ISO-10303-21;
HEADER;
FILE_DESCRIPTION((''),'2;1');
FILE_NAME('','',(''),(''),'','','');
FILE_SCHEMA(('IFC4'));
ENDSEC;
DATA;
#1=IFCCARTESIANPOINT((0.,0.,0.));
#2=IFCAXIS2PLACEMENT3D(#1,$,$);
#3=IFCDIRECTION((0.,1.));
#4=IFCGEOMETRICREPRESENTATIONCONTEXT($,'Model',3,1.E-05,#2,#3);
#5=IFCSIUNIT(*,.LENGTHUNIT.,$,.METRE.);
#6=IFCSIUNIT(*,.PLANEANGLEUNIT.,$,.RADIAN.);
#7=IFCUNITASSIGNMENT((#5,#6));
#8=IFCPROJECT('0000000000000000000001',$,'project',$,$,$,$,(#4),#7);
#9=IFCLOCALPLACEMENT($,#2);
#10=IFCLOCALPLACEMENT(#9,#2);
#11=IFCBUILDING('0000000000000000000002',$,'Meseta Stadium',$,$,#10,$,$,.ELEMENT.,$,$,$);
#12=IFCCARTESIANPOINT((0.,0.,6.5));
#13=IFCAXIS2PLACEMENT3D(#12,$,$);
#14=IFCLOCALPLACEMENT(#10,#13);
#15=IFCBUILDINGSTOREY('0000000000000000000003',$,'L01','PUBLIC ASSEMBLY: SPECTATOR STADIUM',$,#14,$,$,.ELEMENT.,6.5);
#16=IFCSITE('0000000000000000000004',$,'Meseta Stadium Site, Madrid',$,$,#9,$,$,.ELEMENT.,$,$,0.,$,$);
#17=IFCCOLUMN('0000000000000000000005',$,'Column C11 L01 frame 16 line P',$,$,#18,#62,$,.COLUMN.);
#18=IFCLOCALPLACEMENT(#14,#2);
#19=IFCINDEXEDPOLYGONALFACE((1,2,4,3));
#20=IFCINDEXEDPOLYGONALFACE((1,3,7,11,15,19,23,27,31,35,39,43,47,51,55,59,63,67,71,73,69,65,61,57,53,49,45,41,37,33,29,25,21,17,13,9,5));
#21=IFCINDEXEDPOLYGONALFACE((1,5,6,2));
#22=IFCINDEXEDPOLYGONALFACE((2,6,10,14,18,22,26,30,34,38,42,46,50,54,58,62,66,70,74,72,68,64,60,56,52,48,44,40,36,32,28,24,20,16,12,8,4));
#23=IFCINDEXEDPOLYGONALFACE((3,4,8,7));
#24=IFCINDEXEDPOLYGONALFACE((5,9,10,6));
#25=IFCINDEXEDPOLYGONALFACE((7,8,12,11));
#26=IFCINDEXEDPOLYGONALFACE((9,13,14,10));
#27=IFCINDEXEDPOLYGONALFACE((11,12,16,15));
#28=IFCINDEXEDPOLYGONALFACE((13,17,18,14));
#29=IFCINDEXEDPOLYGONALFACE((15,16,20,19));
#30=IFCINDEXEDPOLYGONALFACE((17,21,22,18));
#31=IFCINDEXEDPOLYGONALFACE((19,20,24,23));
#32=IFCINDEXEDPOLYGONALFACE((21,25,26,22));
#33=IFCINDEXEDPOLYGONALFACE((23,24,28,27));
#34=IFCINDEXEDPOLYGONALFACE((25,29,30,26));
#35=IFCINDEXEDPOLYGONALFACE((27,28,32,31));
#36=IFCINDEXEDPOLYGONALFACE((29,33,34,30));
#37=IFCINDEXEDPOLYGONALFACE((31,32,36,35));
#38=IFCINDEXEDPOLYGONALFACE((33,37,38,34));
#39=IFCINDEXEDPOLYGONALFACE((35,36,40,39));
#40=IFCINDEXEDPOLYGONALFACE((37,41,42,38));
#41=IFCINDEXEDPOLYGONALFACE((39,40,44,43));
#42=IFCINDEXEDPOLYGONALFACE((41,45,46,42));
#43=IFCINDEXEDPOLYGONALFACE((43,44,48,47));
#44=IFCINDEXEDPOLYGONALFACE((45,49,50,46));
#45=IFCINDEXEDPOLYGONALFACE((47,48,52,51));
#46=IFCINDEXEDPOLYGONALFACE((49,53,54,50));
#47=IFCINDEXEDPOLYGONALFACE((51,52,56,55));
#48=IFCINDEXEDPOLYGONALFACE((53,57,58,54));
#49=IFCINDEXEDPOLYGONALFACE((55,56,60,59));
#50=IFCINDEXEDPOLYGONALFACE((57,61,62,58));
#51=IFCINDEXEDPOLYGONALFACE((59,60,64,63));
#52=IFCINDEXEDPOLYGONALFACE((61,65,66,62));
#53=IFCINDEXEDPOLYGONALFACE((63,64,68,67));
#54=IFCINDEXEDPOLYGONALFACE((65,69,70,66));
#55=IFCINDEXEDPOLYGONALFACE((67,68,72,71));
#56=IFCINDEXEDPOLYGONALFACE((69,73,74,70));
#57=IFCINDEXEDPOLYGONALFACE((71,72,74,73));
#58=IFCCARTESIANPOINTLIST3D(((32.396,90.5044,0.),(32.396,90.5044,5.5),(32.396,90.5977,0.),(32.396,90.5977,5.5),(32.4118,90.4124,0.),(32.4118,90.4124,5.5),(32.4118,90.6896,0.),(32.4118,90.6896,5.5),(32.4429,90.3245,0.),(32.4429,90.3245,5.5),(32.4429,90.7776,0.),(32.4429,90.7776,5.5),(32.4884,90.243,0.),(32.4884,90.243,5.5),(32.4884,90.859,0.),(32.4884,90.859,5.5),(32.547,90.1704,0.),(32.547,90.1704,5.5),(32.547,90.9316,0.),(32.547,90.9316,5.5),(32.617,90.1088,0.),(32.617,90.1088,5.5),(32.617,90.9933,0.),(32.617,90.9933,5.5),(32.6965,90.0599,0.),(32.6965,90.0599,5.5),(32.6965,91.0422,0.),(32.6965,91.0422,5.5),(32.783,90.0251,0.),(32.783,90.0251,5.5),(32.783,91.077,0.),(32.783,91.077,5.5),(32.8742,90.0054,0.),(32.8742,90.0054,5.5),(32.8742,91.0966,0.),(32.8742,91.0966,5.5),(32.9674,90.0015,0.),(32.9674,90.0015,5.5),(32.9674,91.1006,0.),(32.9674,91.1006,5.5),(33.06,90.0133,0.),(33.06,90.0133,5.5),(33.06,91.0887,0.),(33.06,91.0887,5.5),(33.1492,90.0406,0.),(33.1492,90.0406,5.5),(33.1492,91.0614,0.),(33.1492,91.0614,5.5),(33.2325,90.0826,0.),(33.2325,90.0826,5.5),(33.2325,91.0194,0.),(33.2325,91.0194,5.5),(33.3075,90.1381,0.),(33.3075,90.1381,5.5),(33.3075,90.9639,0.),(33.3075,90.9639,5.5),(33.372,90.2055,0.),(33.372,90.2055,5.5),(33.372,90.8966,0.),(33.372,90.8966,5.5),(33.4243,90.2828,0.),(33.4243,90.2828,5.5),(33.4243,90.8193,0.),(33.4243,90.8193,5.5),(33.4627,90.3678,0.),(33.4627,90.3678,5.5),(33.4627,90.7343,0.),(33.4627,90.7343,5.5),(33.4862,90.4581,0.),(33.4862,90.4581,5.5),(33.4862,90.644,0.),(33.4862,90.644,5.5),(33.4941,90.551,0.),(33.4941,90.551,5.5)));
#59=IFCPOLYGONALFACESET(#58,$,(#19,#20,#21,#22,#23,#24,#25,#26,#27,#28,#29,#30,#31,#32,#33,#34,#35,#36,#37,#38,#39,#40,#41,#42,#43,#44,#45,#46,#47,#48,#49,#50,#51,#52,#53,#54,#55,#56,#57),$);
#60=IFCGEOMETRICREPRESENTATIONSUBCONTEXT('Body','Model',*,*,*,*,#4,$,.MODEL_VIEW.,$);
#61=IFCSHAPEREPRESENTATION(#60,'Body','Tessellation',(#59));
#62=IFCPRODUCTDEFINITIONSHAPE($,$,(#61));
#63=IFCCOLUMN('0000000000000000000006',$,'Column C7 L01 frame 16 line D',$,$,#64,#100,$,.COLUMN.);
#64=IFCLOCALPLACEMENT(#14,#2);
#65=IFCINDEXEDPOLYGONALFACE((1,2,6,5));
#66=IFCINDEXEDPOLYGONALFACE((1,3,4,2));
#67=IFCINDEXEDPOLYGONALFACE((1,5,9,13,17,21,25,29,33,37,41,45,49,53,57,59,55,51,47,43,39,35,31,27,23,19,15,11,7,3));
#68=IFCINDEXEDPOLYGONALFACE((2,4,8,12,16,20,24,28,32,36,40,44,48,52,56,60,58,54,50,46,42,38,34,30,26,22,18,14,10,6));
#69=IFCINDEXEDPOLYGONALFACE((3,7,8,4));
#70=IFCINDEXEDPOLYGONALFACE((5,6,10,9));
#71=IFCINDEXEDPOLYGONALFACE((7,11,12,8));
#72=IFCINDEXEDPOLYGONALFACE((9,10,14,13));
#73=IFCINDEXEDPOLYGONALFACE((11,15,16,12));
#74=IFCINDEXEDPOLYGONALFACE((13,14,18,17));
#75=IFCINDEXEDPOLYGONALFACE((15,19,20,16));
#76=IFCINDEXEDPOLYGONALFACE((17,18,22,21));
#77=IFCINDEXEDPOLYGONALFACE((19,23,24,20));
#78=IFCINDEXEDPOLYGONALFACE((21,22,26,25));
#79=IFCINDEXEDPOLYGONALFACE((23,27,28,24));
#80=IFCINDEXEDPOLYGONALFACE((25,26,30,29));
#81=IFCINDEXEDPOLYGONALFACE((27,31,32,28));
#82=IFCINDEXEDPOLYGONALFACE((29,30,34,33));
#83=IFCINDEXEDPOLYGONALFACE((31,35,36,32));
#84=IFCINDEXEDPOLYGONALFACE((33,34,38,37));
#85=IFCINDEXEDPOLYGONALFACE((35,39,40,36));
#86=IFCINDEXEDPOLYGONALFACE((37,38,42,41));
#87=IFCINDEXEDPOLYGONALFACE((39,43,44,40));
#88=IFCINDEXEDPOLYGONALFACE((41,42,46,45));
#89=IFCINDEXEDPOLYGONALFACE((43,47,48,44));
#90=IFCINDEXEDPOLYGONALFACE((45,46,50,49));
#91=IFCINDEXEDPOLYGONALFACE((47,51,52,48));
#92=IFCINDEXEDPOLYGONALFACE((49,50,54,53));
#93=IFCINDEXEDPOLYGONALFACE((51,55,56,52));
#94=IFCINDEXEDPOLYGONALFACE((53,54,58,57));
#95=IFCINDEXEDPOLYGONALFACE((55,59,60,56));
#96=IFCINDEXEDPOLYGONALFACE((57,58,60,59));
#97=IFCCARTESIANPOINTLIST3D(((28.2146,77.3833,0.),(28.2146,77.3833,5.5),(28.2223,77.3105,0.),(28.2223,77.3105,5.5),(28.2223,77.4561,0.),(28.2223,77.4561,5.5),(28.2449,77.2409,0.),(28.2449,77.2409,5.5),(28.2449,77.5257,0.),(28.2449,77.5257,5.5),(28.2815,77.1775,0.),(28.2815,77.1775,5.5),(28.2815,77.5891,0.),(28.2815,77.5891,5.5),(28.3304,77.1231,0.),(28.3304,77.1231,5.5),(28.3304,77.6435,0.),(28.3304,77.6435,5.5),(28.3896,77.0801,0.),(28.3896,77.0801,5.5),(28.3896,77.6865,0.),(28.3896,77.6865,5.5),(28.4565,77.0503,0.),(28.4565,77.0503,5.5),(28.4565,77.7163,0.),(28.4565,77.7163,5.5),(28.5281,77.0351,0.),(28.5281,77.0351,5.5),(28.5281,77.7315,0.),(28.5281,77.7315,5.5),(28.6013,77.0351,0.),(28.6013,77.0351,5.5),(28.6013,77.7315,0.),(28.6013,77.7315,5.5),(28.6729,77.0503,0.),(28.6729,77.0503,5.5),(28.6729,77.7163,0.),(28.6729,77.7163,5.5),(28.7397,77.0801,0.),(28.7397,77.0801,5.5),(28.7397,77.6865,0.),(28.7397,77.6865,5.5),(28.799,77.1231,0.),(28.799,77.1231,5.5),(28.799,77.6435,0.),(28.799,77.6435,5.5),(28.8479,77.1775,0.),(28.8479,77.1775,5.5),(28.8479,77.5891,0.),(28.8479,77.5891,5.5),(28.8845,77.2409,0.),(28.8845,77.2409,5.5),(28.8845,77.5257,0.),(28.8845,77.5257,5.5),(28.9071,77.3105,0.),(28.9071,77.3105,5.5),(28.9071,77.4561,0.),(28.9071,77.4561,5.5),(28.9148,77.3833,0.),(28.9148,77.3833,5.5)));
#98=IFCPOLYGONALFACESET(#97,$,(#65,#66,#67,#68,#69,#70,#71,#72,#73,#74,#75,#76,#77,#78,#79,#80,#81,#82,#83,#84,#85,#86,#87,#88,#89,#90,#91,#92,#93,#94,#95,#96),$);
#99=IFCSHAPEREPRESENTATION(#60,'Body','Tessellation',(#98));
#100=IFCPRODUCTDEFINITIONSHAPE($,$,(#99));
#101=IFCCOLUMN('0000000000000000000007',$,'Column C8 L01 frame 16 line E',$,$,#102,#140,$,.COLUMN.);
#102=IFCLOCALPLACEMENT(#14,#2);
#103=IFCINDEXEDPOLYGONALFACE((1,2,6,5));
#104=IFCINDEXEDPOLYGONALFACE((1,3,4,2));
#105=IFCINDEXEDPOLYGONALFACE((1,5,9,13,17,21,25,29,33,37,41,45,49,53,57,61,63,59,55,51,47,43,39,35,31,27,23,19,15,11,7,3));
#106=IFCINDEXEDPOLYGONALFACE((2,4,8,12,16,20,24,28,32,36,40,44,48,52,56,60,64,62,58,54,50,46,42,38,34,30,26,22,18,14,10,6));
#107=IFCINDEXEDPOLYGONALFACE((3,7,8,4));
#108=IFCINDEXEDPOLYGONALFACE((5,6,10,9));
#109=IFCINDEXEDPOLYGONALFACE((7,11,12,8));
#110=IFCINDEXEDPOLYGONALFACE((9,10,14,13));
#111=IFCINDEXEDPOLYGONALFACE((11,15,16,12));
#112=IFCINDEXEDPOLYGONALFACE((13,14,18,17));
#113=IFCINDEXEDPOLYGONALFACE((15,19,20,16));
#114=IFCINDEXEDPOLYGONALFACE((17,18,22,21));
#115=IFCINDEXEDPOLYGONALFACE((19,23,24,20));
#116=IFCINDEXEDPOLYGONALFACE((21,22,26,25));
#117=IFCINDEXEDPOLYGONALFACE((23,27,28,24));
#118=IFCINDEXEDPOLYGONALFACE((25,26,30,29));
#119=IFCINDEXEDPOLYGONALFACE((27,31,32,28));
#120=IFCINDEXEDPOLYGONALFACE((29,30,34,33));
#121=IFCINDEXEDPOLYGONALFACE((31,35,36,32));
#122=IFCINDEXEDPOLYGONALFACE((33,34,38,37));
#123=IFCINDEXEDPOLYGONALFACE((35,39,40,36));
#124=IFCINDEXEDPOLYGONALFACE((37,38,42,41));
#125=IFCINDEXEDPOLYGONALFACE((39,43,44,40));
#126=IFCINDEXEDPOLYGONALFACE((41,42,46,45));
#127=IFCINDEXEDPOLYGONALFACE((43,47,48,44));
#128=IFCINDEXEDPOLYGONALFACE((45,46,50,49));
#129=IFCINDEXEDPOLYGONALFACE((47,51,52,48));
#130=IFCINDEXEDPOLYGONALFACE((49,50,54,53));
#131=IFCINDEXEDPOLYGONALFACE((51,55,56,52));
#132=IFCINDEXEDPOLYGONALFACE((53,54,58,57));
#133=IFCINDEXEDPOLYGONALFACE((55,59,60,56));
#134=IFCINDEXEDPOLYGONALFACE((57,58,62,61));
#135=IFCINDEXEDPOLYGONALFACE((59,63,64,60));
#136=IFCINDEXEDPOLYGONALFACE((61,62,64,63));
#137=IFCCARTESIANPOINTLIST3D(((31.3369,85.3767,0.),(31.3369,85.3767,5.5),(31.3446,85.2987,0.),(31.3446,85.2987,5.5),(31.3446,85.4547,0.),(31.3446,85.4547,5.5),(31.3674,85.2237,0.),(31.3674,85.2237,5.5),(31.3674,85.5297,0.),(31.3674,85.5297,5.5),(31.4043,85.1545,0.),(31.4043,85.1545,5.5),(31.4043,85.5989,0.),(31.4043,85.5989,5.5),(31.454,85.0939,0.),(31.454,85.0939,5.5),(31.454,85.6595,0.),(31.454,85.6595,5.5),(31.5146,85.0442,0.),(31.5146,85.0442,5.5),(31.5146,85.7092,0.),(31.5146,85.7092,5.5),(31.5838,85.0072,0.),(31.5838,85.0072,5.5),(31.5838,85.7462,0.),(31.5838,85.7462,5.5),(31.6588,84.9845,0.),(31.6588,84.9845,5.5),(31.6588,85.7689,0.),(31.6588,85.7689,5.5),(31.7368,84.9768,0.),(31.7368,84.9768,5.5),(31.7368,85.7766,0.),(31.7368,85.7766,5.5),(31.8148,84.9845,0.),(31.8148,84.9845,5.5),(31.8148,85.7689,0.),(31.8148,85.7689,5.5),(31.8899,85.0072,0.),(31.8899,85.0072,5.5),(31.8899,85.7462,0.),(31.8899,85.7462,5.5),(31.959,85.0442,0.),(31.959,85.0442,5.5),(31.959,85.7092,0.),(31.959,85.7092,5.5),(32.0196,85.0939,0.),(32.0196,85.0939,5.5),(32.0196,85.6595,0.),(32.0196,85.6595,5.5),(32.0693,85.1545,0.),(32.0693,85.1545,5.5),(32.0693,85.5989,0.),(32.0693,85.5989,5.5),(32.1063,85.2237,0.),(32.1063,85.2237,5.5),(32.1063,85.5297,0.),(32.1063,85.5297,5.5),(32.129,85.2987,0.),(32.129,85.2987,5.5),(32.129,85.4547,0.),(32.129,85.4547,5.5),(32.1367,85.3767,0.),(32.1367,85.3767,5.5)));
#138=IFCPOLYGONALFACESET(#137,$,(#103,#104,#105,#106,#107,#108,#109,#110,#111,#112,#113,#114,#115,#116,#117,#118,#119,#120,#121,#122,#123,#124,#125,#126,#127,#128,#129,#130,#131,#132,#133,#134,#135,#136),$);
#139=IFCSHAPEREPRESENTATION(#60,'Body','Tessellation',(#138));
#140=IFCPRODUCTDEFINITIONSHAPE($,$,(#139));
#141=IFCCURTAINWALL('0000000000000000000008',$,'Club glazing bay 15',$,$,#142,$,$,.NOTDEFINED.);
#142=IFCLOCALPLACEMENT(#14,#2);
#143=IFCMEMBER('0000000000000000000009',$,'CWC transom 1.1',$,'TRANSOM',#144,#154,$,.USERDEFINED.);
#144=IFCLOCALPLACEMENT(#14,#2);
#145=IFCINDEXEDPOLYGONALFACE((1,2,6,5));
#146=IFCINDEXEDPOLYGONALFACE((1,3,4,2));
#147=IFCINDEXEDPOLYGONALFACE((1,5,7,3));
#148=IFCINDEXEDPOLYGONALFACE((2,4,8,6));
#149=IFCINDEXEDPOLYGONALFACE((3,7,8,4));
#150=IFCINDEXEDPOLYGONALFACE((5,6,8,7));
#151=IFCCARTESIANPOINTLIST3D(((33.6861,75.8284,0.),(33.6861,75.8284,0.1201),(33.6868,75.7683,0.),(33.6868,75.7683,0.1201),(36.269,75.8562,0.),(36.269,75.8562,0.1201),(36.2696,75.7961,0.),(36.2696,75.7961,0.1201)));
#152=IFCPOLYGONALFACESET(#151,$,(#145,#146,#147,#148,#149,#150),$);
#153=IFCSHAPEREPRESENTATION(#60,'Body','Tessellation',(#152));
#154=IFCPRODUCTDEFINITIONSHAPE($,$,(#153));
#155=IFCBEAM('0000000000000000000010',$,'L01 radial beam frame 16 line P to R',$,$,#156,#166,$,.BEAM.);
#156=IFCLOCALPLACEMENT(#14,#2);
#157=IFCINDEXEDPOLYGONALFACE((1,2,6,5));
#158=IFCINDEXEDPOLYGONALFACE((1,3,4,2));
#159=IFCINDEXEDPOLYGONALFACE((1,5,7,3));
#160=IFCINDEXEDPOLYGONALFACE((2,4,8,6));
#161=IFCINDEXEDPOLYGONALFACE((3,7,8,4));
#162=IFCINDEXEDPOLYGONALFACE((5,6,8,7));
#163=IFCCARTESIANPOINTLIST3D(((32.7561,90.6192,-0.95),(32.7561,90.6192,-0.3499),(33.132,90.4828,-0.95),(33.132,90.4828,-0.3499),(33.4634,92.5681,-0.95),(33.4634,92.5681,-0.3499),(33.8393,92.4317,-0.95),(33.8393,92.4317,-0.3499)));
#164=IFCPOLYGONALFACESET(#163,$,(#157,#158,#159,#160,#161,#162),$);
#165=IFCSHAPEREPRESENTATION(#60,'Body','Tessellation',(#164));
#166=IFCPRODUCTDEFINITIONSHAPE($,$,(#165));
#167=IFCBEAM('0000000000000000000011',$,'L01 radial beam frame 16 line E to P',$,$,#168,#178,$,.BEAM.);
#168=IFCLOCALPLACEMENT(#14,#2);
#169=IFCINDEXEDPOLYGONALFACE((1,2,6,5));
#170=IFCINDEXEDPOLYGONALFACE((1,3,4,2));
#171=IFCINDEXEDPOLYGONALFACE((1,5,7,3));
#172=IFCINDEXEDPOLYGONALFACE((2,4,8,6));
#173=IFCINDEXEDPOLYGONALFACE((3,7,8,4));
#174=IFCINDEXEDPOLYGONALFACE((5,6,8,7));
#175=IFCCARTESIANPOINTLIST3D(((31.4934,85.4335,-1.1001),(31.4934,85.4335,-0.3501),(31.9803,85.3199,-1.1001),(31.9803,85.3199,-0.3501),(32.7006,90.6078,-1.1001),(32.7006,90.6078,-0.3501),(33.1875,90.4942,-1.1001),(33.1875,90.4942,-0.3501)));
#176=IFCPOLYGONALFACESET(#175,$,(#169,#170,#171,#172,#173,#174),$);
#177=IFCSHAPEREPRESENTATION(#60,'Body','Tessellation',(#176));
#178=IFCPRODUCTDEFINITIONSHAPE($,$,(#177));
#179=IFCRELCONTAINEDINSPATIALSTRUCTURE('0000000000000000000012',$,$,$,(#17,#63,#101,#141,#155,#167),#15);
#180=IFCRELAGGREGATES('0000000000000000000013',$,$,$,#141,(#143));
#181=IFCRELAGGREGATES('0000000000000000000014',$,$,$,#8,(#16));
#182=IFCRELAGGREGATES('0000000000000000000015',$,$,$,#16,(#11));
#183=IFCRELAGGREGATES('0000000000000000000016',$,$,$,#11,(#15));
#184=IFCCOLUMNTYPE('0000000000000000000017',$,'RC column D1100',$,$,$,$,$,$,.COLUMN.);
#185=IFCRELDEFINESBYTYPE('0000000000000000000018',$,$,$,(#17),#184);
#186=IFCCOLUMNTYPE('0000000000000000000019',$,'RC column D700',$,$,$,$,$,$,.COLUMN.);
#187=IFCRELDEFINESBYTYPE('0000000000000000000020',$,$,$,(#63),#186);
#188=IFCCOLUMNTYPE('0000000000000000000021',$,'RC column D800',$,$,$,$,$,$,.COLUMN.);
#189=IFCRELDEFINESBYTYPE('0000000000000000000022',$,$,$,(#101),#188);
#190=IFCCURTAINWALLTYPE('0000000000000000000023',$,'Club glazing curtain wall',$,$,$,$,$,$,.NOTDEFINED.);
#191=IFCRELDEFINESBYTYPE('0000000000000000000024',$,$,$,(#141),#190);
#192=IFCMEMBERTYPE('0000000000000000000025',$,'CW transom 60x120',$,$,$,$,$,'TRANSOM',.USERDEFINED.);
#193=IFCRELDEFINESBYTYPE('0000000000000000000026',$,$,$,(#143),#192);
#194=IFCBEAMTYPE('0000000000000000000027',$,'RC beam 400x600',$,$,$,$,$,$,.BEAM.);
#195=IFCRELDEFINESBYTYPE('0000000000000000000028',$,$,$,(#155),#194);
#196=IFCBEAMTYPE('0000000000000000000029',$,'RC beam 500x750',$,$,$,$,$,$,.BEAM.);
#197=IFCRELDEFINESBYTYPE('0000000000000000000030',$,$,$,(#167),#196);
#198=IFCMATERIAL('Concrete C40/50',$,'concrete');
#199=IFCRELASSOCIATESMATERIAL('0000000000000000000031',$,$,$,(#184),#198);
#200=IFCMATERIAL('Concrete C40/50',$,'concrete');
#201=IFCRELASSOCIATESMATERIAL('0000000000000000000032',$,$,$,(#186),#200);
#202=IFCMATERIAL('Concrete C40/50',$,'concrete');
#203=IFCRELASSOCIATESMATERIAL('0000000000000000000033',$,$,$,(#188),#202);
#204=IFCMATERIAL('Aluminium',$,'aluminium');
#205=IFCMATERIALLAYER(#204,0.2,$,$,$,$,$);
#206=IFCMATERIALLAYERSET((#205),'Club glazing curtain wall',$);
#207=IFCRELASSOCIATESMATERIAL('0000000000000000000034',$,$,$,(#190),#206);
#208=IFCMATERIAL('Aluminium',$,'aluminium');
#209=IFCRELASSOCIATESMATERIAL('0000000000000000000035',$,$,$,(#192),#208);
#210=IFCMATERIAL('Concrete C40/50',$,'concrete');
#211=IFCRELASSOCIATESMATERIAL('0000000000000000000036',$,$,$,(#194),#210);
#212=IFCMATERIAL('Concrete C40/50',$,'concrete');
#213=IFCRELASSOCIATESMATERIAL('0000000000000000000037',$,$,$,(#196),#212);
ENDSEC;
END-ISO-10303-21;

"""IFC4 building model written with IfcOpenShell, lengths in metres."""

from ifc_helpers import new_model, si_unit, direction, frame, origin, origin_2d, place, context, subcontext, project, spatial, rectangle, circle, extrude, material, layer, layer_set, material_profile, profile_set, type_object, element, aggregate, save


model = new_model("IFC4")

# Units and contexts
model_context = context("Model", 3, precision=1e-05, world=origin(), true_north=direction((0.0, 1.0)))
body_context = subcontext(model_context, "Body", "Model", "MODEL_VIEW")
ifc_project = project(units=[si_unit("LENGTHUNIT", "METRE"), si_unit("PLANEANGLEUNIT", "RADIAN")], contexts=[model_context])

# Site, building, storey
site_placement = place(None, origin())
site = spatial("IfcSite", under=ifc_project, at=site_placement, Name="Meseta Stadium Site, Madrid", CompositionType="ELEMENT", RefElevation=0.0)
building_placement = place(site_placement, origin())
building = spatial("IfcBuilding", under=site, at=building_placement, Name="Meseta Stadium", CompositionType="ELEMENT")
storey_placement = place(building_placement, frame((0.0, 0.0, 6.5)))
storey = spatial("IfcBuildingStorey", under=building, at=storey_placement, Name="L01", Description="PUBLIC ASSEMBLY: SPECTATOR STADIUM", CompositionType="ELEMENT", Elevation=6.5)

# Columns
ifc_material_1 = material(Name="Concrete C40/50", Category="concrete")
ifc_material_profile_1 = material_profile(ifc_material_1, circle(Radius=0.55, at=origin_2d()), Name="RC D1100")
ifc_profile_set_1 = profile_set([ifc_material_profile_1], Name="Concrete C40/50")
column_type_1 = type_object("IfcColumnType", Name="RC column D1100", PredefinedType="COLUMN", material=ifc_profile_set_1)
column_1_placement = place(storey_placement, frame((32.9441, 90.551, 0.0), z_axis=(0.0, 0.0, 1.0), x_axis=(1.0, 0.0, 0.0)))
element("IfcColumn", 1, at=column_1_placement, inside=storey, type_object=column_type_1, Name="Column C11 L01 frame 16 line P", PredefinedType="COLUMN", context=body_context, shape_type="SweptSolid", body=[
    extrude(circle(Radius=0.55, at=origin_2d()), origin(), (0.0, 0.0, 1.0), 5.5),
])
ifc_material_2 = material(Name="Concrete C40/50", Category="concrete")
ifc_material_profile_2 = material_profile(ifc_material_2, circle(Radius=0.3501, at=origin_2d()), Name="RC D700")
ifc_profile_set_2 = profile_set([ifc_material_profile_2], Name="Concrete C40/50")
column_type_2 = type_object("IfcColumnType", Name="RC column D700", PredefinedType="COLUMN", material=ifc_profile_set_2)
column_2_placement = place(storey_placement, frame((28.5647, 77.3833, 0.0), z_axis=(0.0, 0.0, 1.0), x_axis=(1.0, 0.0, 0.0)))
element("IfcColumn", 2, at=column_2_placement, inside=storey, type_object=column_type_2, Name="Column C7 L01 frame 16 line D", PredefinedType="COLUMN", context=body_context, shape_type="SweptSolid", body=[
    extrude(circle(Radius=0.3501, at=origin_2d()), origin(), (0.0, 0.0, 1.0), 5.5),
])
ifc_material_3 = material(Name="Concrete C40/50", Category="concrete")
ifc_material_profile_3 = material_profile(ifc_material_3, circle(Radius=0.3999, at=origin_2d()), Name="RC D800")
ifc_profile_set_3 = profile_set([ifc_material_profile_3], Name="Concrete C40/50")
column_type_3 = type_object("IfcColumnType", Name="RC column D800", PredefinedType="COLUMN", material=ifc_profile_set_3)
column_3_placement = place(storey_placement, frame((31.7368, 85.3767, 0.0), z_axis=(0.0, 0.0, 1.0), x_axis=(1.0, 0.0, 0.0)))
element("IfcColumn", 3, at=column_3_placement, inside=storey, type_object=column_type_3, Name="Column C8 L01 frame 16 line E", PredefinedType="COLUMN", context=body_context, shape_type="SweptSolid", body=[
    extrude(circle(Radius=0.3999, at=origin_2d()), origin(), (0.0, 0.0, 1.0), 5.5),
])

# Curtain wall, member
ifc_material_4 = material(Name="Aluminium", Category="aluminium")
ifc_layer_1 = layer(ifc_material_4, 0.2)
ifc_layer_set_1 = layer_set([ifc_layer_1], Name="Club glazing curtain wall")
curtain_wall_type = type_object("IfcCurtainWallType", Name="Club glazing curtain wall", PredefinedType="NOTDEFINED", material=ifc_layer_set_1)
curtain_wall_placement = place(storey_placement, origin())
curtain_wall = element("IfcCurtainWall", 4, at=curtain_wall_placement, inside=storey, type_object=curtain_wall_type, Name="Club glazing bay 15", PredefinedType="NOTDEFINED")
ifc_material_5 = material(Name="Aluminium", Category="aluminium")
ifc_material_profile_4 = material_profile(ifc_material_5, rectangle(XDim=0.0601, YDim=0.1201, at=origin_2d()), Name="CW 60x120")
ifc_profile_set_4 = profile_set([ifc_material_profile_4], Name="Aluminium")
member_type = type_object("IfcMemberType", Name="CW transom 60x120", ElementType="TRANSOM", PredefinedType="USERDEFINED", material=ifc_profile_set_4)
member_placement = place(storey_placement, frame((36.2693, 75.8262, 0.0601), z_axis=(-0.999942, -0.010775, 0.0), x_axis=(0.010775, -0.999942, 0.0)))
member = element("IfcMember", 5, at=member_placement, type_object=member_type, Name="CWC transom 1.1", ObjectType="TRANSOM", PredefinedType="USERDEFINED", context=body_context, shape_type="SweptSolid", body=[
    extrude(rectangle(XDim=0.0601, YDim=0.1201, at=origin_2d()), origin(), (0.0, 0.0, 1.0), 2.583),
])

# Beams
ifc_material_6 = material(Name="Concrete C40/50", Category="concrete")
ifc_material_profile_5 = material_profile(ifc_material_6, rectangle(XDim=0.3999, YDim=0.6001, at=origin_2d()), Name="RC 400x600")
ifc_profile_set_5 = profile_set([ifc_material_profile_5], Name="Concrete C40/50")
beam_type_1 = type_object("IfcBeamType", Name="RC beam 400x600", PredefinedType="BEAM", material=ifc_profile_set_5)
beam_1_placement = place(storey_placement, frame((32.9441, 90.551, -0.6499), z_axis=(0.341128, 0.940017, 0.0), x_axis=(-0.940017, 0.341128, 0.0)))
element("IfcBeam", 6, at=beam_1_placement, inside=storey, type_object=beam_type_1, Name="L01 radial beam frame 16 line P to R", PredefinedType="BEAM", context=body_context, shape_type="SweptSolid", body=[
    extrude(rectangle(XDim=0.3999, YDim=0.6001, at=origin_2d()), origin(), (0.0, 0.0, 1.0), 2.0732),
])
ifc_material_7 = material(Name="Concrete C40/50", Category="concrete")
ifc_material_profile_6 = material_profile(ifc_material_7, rectangle(XDim=0.5, YDim=0.75, at=origin_2d()), Name="RC 500x750")
ifc_profile_set_6 = profile_set([ifc_material_profile_6], Name="Concrete C40/50")
beam_type_2 = type_object("IfcBeamType", Name="RC beam 500x750", PredefinedType="BEAM", material=ifc_profile_set_6)
beam_2_placement = place(storey_placement, frame((31.7368, 85.3767, -0.7251), z_axis=(0.227218, 0.973844, 0.0), x_axis=(-0.973844, 0.227218, 0.0)))
element("IfcBeam", 7, at=beam_2_placement, inside=storey, type_object=beam_type_2, Name="L01 radial beam frame 16 line E to P", PredefinedType="BEAM", context=body_context, shape_type="SweptSolid", body=[
    extrude(rectangle(XDim=0.5, YDim=0.75, at=origin_2d()), origin(), (0.0, 0.0, 1.0), 5.3132),
])

aggregate(curtain_wall, [member])

save(model, "model.ifc")
